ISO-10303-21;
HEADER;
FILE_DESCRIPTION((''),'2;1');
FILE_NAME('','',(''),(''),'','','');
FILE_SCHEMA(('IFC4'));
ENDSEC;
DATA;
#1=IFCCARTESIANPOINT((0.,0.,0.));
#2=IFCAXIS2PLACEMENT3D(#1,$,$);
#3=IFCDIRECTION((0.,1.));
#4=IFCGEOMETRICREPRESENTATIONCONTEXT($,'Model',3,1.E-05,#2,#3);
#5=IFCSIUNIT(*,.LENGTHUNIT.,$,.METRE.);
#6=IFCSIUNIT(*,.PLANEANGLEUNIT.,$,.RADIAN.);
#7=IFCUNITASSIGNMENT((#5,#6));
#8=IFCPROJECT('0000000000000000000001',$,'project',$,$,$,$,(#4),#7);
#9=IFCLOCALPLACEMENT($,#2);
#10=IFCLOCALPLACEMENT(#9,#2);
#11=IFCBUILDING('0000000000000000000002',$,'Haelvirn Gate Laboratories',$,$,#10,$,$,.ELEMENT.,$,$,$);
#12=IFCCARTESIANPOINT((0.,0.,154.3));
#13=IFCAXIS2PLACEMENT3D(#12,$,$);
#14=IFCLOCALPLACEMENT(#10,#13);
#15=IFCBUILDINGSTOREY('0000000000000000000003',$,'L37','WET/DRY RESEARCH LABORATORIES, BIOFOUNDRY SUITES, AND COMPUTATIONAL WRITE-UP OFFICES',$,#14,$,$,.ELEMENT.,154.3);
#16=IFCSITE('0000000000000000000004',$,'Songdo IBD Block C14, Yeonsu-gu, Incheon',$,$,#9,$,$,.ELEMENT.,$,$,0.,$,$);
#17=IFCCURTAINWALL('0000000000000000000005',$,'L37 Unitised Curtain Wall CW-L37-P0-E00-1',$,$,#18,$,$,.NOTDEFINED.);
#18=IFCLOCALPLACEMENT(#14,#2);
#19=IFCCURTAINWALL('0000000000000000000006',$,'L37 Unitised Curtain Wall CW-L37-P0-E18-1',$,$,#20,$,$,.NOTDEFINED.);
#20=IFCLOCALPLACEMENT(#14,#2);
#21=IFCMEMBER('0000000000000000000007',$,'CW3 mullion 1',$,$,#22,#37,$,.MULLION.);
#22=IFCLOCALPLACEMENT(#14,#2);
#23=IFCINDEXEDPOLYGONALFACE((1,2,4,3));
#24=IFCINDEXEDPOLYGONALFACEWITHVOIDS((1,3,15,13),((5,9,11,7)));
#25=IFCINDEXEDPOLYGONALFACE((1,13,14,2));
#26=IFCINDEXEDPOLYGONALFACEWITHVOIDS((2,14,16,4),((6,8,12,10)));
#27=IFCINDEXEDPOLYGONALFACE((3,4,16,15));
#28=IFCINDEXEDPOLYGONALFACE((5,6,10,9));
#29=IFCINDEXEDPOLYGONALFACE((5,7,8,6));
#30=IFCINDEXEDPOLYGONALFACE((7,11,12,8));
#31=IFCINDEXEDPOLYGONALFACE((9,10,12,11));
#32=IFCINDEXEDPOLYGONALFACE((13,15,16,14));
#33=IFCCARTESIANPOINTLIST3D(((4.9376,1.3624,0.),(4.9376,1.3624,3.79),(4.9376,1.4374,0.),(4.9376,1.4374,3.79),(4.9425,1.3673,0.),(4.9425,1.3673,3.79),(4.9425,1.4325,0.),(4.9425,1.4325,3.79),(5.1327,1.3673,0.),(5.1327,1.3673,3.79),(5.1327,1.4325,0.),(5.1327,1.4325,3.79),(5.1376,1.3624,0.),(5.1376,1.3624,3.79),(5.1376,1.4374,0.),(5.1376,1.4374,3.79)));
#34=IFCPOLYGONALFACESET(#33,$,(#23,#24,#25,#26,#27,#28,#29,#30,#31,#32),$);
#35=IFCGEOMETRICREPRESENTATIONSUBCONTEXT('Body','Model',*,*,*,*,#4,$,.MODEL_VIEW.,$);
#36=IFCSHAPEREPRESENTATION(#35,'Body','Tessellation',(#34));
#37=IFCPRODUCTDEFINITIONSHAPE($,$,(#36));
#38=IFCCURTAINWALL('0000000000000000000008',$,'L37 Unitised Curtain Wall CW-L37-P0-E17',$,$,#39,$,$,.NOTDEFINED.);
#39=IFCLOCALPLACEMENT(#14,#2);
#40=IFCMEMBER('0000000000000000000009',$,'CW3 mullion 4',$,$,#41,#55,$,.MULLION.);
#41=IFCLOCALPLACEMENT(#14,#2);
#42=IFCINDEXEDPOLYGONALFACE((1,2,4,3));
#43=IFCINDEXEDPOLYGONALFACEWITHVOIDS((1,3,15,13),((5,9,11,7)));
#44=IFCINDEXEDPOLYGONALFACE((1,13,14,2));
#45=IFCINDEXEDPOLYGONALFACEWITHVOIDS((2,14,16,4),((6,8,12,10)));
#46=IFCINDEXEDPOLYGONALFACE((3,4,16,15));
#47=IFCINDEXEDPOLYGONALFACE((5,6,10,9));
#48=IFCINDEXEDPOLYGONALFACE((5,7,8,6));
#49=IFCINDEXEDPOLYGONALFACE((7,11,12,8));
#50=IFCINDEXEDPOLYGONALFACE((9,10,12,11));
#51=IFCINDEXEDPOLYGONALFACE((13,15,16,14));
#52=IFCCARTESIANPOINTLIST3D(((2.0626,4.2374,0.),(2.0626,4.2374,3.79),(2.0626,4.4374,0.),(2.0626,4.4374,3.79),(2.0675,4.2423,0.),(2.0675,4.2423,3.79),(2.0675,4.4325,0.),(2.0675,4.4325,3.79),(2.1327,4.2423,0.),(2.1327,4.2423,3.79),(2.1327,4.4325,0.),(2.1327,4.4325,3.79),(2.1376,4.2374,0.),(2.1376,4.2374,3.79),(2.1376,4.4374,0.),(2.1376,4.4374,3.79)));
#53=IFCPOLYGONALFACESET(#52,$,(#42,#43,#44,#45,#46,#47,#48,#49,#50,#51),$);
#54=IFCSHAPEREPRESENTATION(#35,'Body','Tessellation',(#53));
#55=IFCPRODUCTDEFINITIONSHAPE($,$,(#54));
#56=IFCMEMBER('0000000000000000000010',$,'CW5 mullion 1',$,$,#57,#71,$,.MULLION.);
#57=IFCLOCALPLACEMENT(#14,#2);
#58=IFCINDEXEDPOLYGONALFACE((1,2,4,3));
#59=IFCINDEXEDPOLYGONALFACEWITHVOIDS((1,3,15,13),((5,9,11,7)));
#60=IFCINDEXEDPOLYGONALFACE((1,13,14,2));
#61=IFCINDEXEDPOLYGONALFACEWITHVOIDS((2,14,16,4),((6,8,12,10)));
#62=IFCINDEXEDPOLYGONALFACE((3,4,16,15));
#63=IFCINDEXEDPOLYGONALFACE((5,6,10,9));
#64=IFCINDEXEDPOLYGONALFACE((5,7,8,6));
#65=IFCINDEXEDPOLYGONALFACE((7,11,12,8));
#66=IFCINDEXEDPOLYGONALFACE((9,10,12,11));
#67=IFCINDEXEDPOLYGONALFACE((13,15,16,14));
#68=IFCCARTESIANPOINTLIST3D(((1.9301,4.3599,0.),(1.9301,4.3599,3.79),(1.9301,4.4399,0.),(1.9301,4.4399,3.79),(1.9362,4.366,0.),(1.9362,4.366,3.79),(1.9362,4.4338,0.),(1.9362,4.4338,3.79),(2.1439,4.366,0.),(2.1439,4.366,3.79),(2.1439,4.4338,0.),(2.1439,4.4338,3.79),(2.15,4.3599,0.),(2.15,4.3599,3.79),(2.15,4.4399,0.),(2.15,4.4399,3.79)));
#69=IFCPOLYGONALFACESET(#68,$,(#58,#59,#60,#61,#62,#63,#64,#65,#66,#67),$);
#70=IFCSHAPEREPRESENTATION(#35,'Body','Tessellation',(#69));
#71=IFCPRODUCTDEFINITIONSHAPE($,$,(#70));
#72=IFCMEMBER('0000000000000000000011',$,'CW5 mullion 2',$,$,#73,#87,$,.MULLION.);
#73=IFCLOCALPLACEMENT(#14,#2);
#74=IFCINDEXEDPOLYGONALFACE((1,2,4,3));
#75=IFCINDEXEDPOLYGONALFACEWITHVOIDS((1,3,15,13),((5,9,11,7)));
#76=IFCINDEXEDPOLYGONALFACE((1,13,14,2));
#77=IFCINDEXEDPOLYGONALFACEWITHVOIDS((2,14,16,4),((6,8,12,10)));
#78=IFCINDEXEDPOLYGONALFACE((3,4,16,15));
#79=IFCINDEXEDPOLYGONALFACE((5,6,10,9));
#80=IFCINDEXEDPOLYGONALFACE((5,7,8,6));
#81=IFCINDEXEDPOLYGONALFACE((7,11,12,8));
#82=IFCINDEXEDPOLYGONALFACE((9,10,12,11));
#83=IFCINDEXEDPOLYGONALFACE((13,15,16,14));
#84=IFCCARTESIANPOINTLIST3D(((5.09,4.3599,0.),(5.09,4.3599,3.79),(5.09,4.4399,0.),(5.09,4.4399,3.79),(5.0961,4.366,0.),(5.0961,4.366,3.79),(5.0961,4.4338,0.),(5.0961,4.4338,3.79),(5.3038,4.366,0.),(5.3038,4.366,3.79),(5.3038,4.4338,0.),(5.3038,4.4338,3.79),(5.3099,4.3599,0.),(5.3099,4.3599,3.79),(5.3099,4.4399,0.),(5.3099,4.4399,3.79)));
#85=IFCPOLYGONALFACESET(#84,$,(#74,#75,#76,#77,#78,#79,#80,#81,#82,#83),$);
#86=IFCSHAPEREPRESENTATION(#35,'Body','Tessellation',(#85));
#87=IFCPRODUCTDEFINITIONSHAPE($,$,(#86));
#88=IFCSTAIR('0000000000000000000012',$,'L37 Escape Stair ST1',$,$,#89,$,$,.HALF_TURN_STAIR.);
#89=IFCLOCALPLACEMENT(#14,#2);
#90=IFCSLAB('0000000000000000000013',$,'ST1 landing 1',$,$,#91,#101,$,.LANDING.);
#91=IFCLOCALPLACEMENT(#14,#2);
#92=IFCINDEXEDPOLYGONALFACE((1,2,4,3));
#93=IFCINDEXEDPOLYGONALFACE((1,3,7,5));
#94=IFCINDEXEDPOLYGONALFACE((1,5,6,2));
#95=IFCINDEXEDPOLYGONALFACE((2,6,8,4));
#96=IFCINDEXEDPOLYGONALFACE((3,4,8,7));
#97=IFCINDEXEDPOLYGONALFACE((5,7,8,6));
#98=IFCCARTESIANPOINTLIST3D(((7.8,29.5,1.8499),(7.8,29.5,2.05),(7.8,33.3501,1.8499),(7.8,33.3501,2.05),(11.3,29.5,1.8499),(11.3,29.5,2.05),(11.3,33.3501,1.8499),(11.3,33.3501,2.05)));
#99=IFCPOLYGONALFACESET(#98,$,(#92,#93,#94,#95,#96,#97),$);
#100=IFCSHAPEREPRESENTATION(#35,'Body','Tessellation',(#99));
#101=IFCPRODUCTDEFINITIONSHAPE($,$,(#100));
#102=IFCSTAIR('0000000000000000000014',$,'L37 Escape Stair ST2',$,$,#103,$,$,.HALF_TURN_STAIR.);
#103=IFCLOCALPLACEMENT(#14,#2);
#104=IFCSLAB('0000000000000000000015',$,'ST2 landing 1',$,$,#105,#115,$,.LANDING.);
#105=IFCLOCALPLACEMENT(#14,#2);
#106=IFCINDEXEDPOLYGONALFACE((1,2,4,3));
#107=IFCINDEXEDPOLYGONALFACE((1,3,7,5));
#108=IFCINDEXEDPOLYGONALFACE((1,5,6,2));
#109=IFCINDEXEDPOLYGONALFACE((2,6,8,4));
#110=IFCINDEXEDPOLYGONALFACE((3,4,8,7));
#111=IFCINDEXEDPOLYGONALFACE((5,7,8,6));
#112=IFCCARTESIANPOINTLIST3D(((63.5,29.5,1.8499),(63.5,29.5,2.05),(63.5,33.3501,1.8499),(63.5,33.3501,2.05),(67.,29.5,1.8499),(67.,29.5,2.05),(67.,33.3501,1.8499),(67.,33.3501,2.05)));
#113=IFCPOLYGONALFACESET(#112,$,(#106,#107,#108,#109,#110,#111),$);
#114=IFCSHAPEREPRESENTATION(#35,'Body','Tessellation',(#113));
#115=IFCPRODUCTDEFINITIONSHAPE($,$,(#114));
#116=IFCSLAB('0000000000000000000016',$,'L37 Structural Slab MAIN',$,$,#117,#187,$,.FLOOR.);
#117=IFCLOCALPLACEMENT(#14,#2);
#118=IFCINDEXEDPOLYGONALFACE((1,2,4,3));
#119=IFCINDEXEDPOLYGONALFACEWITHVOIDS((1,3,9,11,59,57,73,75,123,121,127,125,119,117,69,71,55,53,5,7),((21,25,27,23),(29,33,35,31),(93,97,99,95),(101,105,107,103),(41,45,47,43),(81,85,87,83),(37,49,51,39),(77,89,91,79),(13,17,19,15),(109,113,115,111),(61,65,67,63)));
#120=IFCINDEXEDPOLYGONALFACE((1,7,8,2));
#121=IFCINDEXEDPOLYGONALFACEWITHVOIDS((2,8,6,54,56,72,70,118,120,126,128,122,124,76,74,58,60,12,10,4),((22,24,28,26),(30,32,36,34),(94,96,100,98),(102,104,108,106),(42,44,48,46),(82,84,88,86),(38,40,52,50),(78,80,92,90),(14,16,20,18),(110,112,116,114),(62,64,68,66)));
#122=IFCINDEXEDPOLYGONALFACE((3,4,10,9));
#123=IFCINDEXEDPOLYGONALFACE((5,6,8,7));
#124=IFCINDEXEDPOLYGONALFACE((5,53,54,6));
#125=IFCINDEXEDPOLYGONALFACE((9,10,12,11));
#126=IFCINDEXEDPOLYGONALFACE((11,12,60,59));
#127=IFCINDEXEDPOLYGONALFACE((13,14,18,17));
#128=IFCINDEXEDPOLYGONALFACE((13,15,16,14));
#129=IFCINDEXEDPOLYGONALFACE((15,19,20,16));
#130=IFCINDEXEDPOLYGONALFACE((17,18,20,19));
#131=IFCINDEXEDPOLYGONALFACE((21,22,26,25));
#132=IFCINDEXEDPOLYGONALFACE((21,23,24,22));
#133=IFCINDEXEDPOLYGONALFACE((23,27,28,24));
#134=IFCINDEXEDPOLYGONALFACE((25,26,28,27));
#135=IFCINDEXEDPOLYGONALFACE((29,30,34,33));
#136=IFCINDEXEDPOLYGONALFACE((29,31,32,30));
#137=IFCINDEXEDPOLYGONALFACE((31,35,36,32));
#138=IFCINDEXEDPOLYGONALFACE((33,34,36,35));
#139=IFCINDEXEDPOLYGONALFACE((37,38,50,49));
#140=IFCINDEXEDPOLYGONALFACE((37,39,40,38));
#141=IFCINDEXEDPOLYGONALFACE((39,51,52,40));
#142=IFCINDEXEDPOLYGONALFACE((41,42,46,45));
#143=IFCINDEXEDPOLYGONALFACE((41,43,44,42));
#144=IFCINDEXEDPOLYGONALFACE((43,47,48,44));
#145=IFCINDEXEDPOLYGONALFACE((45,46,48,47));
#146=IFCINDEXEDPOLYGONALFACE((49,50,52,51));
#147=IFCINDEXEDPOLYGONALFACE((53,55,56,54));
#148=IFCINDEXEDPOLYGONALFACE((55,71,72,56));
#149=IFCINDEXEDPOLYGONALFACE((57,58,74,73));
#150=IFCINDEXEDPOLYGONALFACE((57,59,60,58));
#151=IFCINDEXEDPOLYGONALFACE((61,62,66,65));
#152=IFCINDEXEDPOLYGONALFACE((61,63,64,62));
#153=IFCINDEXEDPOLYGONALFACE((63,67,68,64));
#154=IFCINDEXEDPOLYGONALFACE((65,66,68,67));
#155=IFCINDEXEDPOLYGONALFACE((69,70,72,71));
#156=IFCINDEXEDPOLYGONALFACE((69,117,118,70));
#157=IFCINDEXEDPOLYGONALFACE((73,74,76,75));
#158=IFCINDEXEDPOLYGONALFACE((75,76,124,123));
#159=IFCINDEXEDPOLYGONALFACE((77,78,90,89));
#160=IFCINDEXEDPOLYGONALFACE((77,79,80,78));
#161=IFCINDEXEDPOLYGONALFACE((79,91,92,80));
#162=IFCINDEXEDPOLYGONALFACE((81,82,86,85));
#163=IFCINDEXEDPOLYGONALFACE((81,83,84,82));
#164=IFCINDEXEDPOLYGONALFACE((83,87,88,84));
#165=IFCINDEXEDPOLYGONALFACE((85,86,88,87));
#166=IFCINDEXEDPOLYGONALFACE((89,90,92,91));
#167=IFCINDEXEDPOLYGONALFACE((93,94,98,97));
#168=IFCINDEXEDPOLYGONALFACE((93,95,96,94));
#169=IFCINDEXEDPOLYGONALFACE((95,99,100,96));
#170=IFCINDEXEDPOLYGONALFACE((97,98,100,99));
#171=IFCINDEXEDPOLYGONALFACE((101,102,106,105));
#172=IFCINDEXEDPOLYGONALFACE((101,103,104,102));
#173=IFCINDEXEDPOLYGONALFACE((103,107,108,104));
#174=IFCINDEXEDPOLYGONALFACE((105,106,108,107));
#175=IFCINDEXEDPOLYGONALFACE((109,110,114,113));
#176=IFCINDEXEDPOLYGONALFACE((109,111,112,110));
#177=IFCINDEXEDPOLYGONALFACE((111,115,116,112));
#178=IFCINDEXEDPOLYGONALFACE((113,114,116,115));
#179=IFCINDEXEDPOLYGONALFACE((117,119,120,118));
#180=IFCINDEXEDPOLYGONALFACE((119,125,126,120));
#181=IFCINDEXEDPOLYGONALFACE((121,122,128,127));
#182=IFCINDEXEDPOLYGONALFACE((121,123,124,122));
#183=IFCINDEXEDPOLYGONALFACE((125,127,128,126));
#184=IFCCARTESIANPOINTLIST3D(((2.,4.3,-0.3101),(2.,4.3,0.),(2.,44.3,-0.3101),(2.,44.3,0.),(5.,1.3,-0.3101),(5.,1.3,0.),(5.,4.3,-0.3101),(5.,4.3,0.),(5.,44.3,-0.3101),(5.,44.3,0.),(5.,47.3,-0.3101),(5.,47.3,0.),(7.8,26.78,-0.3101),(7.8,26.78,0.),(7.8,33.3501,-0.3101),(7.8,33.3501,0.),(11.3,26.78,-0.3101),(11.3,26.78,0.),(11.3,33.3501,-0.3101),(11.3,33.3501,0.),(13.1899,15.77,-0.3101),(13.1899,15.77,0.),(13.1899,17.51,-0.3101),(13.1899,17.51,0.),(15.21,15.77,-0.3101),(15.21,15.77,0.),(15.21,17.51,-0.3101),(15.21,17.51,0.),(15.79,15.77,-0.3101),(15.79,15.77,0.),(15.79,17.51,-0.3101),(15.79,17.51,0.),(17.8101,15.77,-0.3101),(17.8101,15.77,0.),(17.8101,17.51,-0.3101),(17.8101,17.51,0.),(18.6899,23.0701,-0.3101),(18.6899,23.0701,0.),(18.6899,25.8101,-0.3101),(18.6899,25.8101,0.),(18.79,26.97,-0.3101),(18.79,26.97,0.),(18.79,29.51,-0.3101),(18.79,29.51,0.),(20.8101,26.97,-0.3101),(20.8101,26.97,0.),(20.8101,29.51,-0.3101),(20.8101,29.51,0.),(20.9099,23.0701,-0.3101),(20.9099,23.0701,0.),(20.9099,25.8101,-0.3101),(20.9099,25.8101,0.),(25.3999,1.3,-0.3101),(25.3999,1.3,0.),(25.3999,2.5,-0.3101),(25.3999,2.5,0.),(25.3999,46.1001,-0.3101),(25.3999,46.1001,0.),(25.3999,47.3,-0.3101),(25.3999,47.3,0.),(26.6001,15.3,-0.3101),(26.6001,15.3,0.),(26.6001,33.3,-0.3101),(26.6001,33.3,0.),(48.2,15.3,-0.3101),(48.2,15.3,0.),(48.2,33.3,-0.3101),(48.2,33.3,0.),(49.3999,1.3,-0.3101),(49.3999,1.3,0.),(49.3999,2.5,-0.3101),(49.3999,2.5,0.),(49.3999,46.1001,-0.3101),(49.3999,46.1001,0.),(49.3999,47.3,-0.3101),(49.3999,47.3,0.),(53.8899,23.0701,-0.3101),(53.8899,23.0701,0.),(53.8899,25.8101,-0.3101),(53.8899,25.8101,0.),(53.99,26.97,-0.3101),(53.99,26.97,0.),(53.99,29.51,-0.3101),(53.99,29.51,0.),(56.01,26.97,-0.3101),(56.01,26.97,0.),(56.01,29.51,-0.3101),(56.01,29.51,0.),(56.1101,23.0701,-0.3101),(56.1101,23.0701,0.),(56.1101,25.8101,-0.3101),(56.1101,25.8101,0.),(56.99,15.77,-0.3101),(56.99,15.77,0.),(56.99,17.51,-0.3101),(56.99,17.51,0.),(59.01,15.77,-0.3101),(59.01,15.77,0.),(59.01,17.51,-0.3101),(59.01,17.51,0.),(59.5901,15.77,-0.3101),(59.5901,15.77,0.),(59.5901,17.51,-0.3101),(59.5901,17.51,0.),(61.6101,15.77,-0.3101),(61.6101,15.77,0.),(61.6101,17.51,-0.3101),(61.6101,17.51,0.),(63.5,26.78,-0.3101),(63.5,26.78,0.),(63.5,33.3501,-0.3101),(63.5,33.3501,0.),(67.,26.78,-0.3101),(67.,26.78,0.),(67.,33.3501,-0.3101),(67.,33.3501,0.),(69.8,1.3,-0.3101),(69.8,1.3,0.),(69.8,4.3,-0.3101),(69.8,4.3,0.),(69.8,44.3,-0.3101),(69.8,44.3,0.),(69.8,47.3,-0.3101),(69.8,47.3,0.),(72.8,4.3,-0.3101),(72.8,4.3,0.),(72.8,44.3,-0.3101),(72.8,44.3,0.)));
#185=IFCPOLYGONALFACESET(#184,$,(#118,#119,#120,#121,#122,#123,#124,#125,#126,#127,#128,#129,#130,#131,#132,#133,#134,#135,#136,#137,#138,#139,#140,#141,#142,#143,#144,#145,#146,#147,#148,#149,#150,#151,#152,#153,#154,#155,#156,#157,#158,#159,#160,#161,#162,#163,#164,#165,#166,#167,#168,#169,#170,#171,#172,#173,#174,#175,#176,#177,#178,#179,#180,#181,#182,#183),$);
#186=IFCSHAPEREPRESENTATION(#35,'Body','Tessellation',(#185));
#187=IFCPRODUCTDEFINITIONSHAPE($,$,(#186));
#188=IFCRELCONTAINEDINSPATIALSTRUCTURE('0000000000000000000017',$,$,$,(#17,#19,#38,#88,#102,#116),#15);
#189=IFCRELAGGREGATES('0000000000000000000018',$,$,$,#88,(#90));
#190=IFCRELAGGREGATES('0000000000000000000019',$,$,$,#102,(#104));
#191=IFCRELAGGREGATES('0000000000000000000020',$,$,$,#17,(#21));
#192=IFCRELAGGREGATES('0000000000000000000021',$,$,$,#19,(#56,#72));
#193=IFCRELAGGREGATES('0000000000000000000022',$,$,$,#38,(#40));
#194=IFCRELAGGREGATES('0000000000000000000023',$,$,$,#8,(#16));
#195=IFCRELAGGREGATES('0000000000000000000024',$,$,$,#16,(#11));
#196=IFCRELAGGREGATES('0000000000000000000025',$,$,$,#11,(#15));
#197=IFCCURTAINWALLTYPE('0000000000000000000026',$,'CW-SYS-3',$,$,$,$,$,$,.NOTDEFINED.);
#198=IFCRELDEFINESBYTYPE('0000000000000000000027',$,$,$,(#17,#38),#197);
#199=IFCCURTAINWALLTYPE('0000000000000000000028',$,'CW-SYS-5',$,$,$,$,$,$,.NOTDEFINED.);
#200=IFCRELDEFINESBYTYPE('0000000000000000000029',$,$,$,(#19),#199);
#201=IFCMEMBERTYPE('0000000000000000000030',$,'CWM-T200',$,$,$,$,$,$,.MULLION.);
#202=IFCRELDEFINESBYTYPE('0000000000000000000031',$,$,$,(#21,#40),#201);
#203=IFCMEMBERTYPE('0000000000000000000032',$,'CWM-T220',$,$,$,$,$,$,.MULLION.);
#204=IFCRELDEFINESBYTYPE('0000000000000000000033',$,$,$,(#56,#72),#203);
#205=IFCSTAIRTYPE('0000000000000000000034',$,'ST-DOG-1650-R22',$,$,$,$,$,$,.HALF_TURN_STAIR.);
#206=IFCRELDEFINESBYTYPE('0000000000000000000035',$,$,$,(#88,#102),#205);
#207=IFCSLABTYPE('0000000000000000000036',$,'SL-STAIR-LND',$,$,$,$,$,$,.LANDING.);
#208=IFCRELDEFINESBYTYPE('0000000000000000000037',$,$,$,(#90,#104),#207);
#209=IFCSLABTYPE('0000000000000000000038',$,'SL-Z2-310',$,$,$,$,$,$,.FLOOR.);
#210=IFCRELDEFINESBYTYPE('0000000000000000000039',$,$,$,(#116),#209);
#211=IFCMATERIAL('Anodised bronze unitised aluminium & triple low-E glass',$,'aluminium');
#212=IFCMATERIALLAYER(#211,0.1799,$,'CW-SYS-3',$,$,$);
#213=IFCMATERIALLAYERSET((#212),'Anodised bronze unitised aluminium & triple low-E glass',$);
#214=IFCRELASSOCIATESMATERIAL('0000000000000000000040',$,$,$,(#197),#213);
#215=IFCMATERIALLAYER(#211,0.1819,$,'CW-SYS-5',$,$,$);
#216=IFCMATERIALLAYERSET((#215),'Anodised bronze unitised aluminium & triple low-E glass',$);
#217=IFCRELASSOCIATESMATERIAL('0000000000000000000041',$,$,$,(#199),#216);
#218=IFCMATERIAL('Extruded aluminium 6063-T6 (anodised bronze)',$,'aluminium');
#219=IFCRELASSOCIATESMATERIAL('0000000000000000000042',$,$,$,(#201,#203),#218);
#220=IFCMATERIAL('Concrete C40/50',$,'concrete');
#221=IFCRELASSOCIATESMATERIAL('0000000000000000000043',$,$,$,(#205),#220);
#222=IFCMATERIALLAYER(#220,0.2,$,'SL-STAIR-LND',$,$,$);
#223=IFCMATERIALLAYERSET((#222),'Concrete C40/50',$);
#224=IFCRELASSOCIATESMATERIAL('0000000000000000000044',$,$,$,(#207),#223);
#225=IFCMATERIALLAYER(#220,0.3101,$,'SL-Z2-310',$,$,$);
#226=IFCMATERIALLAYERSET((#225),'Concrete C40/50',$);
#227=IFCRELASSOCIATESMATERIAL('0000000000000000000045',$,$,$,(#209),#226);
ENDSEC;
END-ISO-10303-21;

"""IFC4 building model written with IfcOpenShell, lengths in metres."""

from ifc_helpers import new_model, si_unit, direction, frame, origin, origin_2d, place, context, subcontext, project, spatial, polyline, hollow_rectangle, outline, extrude, source, transform, mapped, material, layer, layer_set, material_profile, profile_set, type_object, type_shapes, element, aggregate, save


model = new_model("IFC4")

# Units and contexts
model_context = context("Model", 3, precision=1e-05, world=origin(), true_north=direction((0.0, 1.0)))
body_context = subcontext(model_context, "Body", "Model", "MODEL_VIEW")
ifc_project = project(units=[si_unit("LENGTHUNIT", "METRE"), si_unit("PLANEANGLEUNIT", "RADIAN")], contexts=[model_context])

# Site, building, storey
site_placement = place(None, origin())
site = spatial("IfcSite", under=ifc_project, at=site_placement, Name="Songdo IBD Block C14, Yeonsu-gu, Incheon", CompositionType="ELEMENT", RefElevation=0.0)
building_placement = place(site_placement, origin())
building = spatial("IfcBuilding", under=site, at=building_placement, Name="Haelvirn Gate Laboratories", CompositionType="ELEMENT")
storey_placement = place(building_placement, frame((0.0, 0.0, 154.3)))
storey = spatial("IfcBuildingStorey", under=building, at=storey_placement, Name="L37", Description="WET/DRY RESEARCH LABORATORIES, BIOFOUNDRY SUITES, AND COMPUTATIONAL WRITE-UP OFFICES", CompositionType="ELEMENT", Elevation=154.3)

# Curtain walls
ifc_material_1 = material(Name="Anodised bronze unitised aluminium & triple low-E glass", Category="aluminium")
ifc_layer_1 = layer(ifc_material_1, 0.1799, Name="CW-SYS-3")
ifc_layer_set_1 = layer_set([ifc_layer_1], Name="Anodised bronze unitised aluminium & triple low-E glass")
curtain_wall_type_1 = type_object("IfcCurtainWallType", Name="CW-SYS-3", PredefinedType="NOTDEFINED", material=ifc_layer_set_1)
curtain_wall_1_placement = place(storey_placement, origin())
curtain_wall_1 = element("IfcCurtainWall", 1, at=curtain_wall_1_placement, inside=storey, type_object=curtain_wall_type_1, Name="L37 Unitised Curtain Wall CW-L37-P0-E00-1", PredefinedType="NOTDEFINED")
ifc_material_2 = material(Name="Extruded aluminium 6063-T6 (anodised bronze)", Category="aluminium")
ifc_layer_2 = layer(ifc_material_1, 0.1819, Name="CW-SYS-5")
ifc_layer_set_2 = layer_set([ifc_layer_2], Name="Anodised bronze unitised aluminium & triple low-E glass")
curtain_wall_type_2 = type_object("IfcCurtainWallType", Name="CW-SYS-5", PredefinedType="NOTDEFINED", material=ifc_layer_set_2)
curtain_wall_2_placement = place(storey_placement, origin())
curtain_wall_2 = element("IfcCurtainWall", 2, at=curtain_wall_2_placement, inside=storey, type_object=curtain_wall_type_2, Name="L37 Unitised Curtain Wall CW-L37-P0-E18-1", PredefinedType="NOTDEFINED")

# Member
ifc_material_profile_1 = material_profile(ifc_material_2, hollow_rectangle(XDim=0.075, YDim=0.2, WallThickness=0.0049, at=origin_2d()), Name="CWM-200x75x5")
ifc_profile_set_1 = profile_set([ifc_material_profile_1], Name="Extruded aluminium 6063-T6 (anodised bronze)")
member_type_1 = type_object("IfcMemberType", Name="CWM-T200", PredefinedType="MULLION", material=ifc_profile_set_1)
shared_shape_1 = source(origin(), body_context, "Body", "SweptSolid", [
    extrude(hollow_rectangle(XDim=0.075, YDim=0.2, WallThickness=0.0049, at=origin_2d()), origin(), (0.0, 0.0, 1.0), 3.79),
])
type_shapes(member_type_1, [shared_shape_1])
member_1_placement = place(storey_placement, frame((5.0376, 1.3999, 0.0), z_axis=(0.0, 0.0, 1.0), x_axis=(0.0, 1.0, 0.0)))
member_1 = element("IfcMember", 3, at=member_1_placement, type_object=member_type_1, Name="CW3 mullion 1", PredefinedType="MULLION", context=body_context, shape_type="MappedRepresentation", body=[
    mapped(shared_shape_1, transform((0.0, 0.0, 0.0), scale=1.0)),
])

# Curtain wall, member
curtain_wall_3_placement = place(storey_placement, origin())
curtain_wall_3 = element("IfcCurtainWall", 4, at=curtain_wall_3_placement, inside=storey, type_object=curtain_wall_type_1, Name="L37 Unitised Curtain Wall CW-L37-P0-E17", PredefinedType="NOTDEFINED")
member_2_placement = place(storey_placement, frame((2.1001, 4.3374, 0.0), z_axis=(0.0, 0.0, 1.0), x_axis=(1.0, 0.0, 0.0)))
member_2 = element("IfcMember", 5, at=member_2_placement, type_object=member_type_1, Name="CW3 mullion 4", PredefinedType="MULLION", context=body_context, shape_type="MappedRepresentation", body=[
    mapped(shared_shape_1, transform((0.0, 0.0, 0.0), scale=1.0)),
])

# Members
ifc_material_profile_2 = material_profile(ifc_material_2, hollow_rectangle(XDim=0.0801, YDim=0.22, WallThickness=0.0061, at=origin_2d()), Name="CWM-220x80x6")
ifc_profile_set_2 = profile_set([ifc_material_profile_2], Name="Extruded aluminium 6063-T6 (anodised bronze)")
member_type_2 = type_object("IfcMemberType", Name="CWM-T220", PredefinedType="MULLION", material=ifc_profile_set_2)
shared_shape_2 = source(origin(), body_context, "Body", "SweptSolid", [
    extrude(hollow_rectangle(XDim=0.0801, YDim=0.22, WallThickness=0.0061, at=origin_2d()), origin(), (0.0, 0.0, 1.0), 3.79),
])
type_shapes(member_type_2, [shared_shape_2])
member_3_placement = place(storey_placement, frame((2.04, 4.3999, 0.0), z_axis=(0.0, 0.0, 1.0), x_axis=(0.0, 1.0, 0.0)))
member_3 = element("IfcMember", 6, at=member_3_placement, type_object=member_type_2, Name="CW5 mullion 1", PredefinedType="MULLION", context=body_context, shape_type="MappedRepresentation", body=[
    mapped(shared_shape_2, transform((0.0, 0.0, 0.0), scale=1.0)),
])
member_4_placement = place(storey_placement, frame((5.2, 4.3999, 0.0), z_axis=(0.0, 0.0, 1.0), x_axis=(0.0, 1.0, 0.0)))
member_4 = element("IfcMember", 7, at=member_4_placement, type_object=member_type_2, Name="CW5 mullion 2", PredefinedType="MULLION", context=body_context, shape_type="MappedRepresentation", body=[
    mapped(shared_shape_2, transform((0.0, 0.0, 0.0), scale=1.0)),
])

# Stairs, slabs
ifc_material_3 = material(Name="Concrete C40/50", Category="concrete")
stair_type = type_object("IfcStairType", Name="ST-DOG-1650-R22", PredefinedType="HALF_TURN_STAIR", material=ifc_material_3)
stair_1_placement = place(storey_placement, origin())
stair_1 = element("IfcStair", 8, at=stair_1_placement, inside=storey, type_object=stair_type, Name="L37 Escape Stair ST1", PredefinedType="HALF_TURN_STAIR")
ifc_layer_3 = layer(ifc_material_3, 0.2, Name="SL-STAIR-LND")
ifc_layer_set_3 = layer_set([ifc_layer_3], Name="Concrete C40/50")
slab_type_1 = type_object("IfcSlabType", Name="SL-STAIR-LND", PredefinedType="LANDING", material=ifc_layer_set_3)
slab_1_placement = place(storey_placement, frame((0.0, 0.0, 1.8499)))
slab_1 = element("IfcSlab", 9, at=slab_1_placement, type_object=slab_type_1, Name="ST1 landing 1", PredefinedType="LANDING", context=body_context, shape_type="SweptSolid", body=[
    extrude(outline(polyline([(11.3, 29.5), (11.3, 33.3501), (7.8, 33.3501), (7.8, 29.5), (11.3, 29.5)])), origin(), (0.0, 0.0, 1.0), 0.2002),
])
aggregate(stair_1, [slab_1])
stair_2_placement = place(storey_placement, origin())
stair_2 = element("IfcStair", 10, at=stair_2_placement, inside=storey, type_object=stair_type, Name="L37 Escape Stair ST2", PredefinedType="HALF_TURN_STAIR")
slab_2_placement = place(storey_placement, frame((0.0, 0.0, 1.8499)))
slab_2 = element("IfcSlab", 11, at=slab_2_placement, type_object=slab_type_1, Name="ST2 landing 1", PredefinedType="LANDING", context=body_context, shape_type="SweptSolid", body=[
    extrude(outline(polyline([(67.0, 29.5), (67.0, 33.3501), (63.5, 33.3501), (63.5, 29.5), (67.0, 29.5)])), origin(), (0.0, 0.0, 1.0), 0.2002),
])
aggregate(stair_2, [slab_2])

# Slab
ifc_layer_4 = layer(ifc_material_3, 0.3101, Name="SL-Z2-310")
ifc_layer_set_4 = layer_set([ifc_layer_4], Name="Concrete C40/50")
slab_type_2 = type_object("IfcSlabType", Name="SL-Z2-310", PredefinedType="FLOOR", material=ifc_layer_set_4)
slab_3_placement = place(storey_placement, frame((0.0, 0.0, -0.3101)))
element("IfcSlab", 12, at=slab_3_placement, inside=storey, type_object=slab_type_2, Name="L37 Structural Slab MAIN", PredefinedType="FLOOR", context=body_context, shape_type="SweptSolid", body=[
    extrude(outline(polyline([(5.0, 1.3), (25.3999, 1.3), (25.3999, 2.5), (49.3999, 2.5), (49.3999, 1.3), (69.8, 1.3), (69.8, 4.3), (72.8, 4.3), (72.8, 44.3), (69.8, 44.3), (69.8, 47.3), (49.3999, 47.3), (49.3999, 46.1001), (25.3999, 46.1001), (25.3999, 47.3), (5.0, 47.3), (5.0, 44.3), (2.0, 44.3), (2.0, 4.3), (5.0, 4.3), (5.0, 1.3)]), holes=[polyline([(26.6001, 15.3), (48.2, 15.3), (48.2, 33.3), (26.6001, 33.3), (26.6001, 15.3)]), polyline([(11.3, 26.78), (11.3, 33.3501), (7.8, 33.3501), (7.8, 26.78), (11.3, 26.78)]), polyline([(67.0, 26.78), (67.0, 33.3501), (63.5, 33.3501), (63.5, 26.78), (67.0, 26.78)]), polyline([(13.1899, 15.77), (15.21, 15.77), (15.21, 17.51), (13.1899, 17.51), (13.1899, 15.77)]), polyline([(15.79, 15.77), (17.8101, 15.77), (17.8101, 17.51), (15.79, 17.51), (15.79, 15.77)]), polyline([(18.79, 26.97), (20.8101, 26.97), (20.8101, 29.51), (18.79, 29.51), (18.79, 26.97)]), polyline([(18.6899, 23.0701), (20.9099, 23.0701), (20.9099, 25.8101), (18.6899, 25.8101), (18.6899, 23.0701)]), polyline([(59.5901, 15.77), (61.6101, 15.77), (61.6101, 17.51), (59.5901, 17.51), (59.5901, 15.77)]), polyline([(56.99, 15.77), (59.01, 15.77), (59.01, 17.51), (56.99, 17.51), (56.99, 15.77)]), polyline([(53.99, 26.97), (56.01, 26.97), (56.01, 29.51), (53.99, 29.51), (53.99, 26.97)]), polyline([(53.8899, 23.0701), (56.1101, 23.0701), (56.1101, 25.8101), (53.8899, 25.8101), (53.8899, 23.0701)])]), origin(), (0.0, 0.0, 1.0), 0.3101),
])

aggregate(curtain_wall_1, [member_1])
aggregate(curtain_wall_2, [member_3, member_4])
aggregate(curtain_wall_3, [member_2])

save(model, "model.ifc")
